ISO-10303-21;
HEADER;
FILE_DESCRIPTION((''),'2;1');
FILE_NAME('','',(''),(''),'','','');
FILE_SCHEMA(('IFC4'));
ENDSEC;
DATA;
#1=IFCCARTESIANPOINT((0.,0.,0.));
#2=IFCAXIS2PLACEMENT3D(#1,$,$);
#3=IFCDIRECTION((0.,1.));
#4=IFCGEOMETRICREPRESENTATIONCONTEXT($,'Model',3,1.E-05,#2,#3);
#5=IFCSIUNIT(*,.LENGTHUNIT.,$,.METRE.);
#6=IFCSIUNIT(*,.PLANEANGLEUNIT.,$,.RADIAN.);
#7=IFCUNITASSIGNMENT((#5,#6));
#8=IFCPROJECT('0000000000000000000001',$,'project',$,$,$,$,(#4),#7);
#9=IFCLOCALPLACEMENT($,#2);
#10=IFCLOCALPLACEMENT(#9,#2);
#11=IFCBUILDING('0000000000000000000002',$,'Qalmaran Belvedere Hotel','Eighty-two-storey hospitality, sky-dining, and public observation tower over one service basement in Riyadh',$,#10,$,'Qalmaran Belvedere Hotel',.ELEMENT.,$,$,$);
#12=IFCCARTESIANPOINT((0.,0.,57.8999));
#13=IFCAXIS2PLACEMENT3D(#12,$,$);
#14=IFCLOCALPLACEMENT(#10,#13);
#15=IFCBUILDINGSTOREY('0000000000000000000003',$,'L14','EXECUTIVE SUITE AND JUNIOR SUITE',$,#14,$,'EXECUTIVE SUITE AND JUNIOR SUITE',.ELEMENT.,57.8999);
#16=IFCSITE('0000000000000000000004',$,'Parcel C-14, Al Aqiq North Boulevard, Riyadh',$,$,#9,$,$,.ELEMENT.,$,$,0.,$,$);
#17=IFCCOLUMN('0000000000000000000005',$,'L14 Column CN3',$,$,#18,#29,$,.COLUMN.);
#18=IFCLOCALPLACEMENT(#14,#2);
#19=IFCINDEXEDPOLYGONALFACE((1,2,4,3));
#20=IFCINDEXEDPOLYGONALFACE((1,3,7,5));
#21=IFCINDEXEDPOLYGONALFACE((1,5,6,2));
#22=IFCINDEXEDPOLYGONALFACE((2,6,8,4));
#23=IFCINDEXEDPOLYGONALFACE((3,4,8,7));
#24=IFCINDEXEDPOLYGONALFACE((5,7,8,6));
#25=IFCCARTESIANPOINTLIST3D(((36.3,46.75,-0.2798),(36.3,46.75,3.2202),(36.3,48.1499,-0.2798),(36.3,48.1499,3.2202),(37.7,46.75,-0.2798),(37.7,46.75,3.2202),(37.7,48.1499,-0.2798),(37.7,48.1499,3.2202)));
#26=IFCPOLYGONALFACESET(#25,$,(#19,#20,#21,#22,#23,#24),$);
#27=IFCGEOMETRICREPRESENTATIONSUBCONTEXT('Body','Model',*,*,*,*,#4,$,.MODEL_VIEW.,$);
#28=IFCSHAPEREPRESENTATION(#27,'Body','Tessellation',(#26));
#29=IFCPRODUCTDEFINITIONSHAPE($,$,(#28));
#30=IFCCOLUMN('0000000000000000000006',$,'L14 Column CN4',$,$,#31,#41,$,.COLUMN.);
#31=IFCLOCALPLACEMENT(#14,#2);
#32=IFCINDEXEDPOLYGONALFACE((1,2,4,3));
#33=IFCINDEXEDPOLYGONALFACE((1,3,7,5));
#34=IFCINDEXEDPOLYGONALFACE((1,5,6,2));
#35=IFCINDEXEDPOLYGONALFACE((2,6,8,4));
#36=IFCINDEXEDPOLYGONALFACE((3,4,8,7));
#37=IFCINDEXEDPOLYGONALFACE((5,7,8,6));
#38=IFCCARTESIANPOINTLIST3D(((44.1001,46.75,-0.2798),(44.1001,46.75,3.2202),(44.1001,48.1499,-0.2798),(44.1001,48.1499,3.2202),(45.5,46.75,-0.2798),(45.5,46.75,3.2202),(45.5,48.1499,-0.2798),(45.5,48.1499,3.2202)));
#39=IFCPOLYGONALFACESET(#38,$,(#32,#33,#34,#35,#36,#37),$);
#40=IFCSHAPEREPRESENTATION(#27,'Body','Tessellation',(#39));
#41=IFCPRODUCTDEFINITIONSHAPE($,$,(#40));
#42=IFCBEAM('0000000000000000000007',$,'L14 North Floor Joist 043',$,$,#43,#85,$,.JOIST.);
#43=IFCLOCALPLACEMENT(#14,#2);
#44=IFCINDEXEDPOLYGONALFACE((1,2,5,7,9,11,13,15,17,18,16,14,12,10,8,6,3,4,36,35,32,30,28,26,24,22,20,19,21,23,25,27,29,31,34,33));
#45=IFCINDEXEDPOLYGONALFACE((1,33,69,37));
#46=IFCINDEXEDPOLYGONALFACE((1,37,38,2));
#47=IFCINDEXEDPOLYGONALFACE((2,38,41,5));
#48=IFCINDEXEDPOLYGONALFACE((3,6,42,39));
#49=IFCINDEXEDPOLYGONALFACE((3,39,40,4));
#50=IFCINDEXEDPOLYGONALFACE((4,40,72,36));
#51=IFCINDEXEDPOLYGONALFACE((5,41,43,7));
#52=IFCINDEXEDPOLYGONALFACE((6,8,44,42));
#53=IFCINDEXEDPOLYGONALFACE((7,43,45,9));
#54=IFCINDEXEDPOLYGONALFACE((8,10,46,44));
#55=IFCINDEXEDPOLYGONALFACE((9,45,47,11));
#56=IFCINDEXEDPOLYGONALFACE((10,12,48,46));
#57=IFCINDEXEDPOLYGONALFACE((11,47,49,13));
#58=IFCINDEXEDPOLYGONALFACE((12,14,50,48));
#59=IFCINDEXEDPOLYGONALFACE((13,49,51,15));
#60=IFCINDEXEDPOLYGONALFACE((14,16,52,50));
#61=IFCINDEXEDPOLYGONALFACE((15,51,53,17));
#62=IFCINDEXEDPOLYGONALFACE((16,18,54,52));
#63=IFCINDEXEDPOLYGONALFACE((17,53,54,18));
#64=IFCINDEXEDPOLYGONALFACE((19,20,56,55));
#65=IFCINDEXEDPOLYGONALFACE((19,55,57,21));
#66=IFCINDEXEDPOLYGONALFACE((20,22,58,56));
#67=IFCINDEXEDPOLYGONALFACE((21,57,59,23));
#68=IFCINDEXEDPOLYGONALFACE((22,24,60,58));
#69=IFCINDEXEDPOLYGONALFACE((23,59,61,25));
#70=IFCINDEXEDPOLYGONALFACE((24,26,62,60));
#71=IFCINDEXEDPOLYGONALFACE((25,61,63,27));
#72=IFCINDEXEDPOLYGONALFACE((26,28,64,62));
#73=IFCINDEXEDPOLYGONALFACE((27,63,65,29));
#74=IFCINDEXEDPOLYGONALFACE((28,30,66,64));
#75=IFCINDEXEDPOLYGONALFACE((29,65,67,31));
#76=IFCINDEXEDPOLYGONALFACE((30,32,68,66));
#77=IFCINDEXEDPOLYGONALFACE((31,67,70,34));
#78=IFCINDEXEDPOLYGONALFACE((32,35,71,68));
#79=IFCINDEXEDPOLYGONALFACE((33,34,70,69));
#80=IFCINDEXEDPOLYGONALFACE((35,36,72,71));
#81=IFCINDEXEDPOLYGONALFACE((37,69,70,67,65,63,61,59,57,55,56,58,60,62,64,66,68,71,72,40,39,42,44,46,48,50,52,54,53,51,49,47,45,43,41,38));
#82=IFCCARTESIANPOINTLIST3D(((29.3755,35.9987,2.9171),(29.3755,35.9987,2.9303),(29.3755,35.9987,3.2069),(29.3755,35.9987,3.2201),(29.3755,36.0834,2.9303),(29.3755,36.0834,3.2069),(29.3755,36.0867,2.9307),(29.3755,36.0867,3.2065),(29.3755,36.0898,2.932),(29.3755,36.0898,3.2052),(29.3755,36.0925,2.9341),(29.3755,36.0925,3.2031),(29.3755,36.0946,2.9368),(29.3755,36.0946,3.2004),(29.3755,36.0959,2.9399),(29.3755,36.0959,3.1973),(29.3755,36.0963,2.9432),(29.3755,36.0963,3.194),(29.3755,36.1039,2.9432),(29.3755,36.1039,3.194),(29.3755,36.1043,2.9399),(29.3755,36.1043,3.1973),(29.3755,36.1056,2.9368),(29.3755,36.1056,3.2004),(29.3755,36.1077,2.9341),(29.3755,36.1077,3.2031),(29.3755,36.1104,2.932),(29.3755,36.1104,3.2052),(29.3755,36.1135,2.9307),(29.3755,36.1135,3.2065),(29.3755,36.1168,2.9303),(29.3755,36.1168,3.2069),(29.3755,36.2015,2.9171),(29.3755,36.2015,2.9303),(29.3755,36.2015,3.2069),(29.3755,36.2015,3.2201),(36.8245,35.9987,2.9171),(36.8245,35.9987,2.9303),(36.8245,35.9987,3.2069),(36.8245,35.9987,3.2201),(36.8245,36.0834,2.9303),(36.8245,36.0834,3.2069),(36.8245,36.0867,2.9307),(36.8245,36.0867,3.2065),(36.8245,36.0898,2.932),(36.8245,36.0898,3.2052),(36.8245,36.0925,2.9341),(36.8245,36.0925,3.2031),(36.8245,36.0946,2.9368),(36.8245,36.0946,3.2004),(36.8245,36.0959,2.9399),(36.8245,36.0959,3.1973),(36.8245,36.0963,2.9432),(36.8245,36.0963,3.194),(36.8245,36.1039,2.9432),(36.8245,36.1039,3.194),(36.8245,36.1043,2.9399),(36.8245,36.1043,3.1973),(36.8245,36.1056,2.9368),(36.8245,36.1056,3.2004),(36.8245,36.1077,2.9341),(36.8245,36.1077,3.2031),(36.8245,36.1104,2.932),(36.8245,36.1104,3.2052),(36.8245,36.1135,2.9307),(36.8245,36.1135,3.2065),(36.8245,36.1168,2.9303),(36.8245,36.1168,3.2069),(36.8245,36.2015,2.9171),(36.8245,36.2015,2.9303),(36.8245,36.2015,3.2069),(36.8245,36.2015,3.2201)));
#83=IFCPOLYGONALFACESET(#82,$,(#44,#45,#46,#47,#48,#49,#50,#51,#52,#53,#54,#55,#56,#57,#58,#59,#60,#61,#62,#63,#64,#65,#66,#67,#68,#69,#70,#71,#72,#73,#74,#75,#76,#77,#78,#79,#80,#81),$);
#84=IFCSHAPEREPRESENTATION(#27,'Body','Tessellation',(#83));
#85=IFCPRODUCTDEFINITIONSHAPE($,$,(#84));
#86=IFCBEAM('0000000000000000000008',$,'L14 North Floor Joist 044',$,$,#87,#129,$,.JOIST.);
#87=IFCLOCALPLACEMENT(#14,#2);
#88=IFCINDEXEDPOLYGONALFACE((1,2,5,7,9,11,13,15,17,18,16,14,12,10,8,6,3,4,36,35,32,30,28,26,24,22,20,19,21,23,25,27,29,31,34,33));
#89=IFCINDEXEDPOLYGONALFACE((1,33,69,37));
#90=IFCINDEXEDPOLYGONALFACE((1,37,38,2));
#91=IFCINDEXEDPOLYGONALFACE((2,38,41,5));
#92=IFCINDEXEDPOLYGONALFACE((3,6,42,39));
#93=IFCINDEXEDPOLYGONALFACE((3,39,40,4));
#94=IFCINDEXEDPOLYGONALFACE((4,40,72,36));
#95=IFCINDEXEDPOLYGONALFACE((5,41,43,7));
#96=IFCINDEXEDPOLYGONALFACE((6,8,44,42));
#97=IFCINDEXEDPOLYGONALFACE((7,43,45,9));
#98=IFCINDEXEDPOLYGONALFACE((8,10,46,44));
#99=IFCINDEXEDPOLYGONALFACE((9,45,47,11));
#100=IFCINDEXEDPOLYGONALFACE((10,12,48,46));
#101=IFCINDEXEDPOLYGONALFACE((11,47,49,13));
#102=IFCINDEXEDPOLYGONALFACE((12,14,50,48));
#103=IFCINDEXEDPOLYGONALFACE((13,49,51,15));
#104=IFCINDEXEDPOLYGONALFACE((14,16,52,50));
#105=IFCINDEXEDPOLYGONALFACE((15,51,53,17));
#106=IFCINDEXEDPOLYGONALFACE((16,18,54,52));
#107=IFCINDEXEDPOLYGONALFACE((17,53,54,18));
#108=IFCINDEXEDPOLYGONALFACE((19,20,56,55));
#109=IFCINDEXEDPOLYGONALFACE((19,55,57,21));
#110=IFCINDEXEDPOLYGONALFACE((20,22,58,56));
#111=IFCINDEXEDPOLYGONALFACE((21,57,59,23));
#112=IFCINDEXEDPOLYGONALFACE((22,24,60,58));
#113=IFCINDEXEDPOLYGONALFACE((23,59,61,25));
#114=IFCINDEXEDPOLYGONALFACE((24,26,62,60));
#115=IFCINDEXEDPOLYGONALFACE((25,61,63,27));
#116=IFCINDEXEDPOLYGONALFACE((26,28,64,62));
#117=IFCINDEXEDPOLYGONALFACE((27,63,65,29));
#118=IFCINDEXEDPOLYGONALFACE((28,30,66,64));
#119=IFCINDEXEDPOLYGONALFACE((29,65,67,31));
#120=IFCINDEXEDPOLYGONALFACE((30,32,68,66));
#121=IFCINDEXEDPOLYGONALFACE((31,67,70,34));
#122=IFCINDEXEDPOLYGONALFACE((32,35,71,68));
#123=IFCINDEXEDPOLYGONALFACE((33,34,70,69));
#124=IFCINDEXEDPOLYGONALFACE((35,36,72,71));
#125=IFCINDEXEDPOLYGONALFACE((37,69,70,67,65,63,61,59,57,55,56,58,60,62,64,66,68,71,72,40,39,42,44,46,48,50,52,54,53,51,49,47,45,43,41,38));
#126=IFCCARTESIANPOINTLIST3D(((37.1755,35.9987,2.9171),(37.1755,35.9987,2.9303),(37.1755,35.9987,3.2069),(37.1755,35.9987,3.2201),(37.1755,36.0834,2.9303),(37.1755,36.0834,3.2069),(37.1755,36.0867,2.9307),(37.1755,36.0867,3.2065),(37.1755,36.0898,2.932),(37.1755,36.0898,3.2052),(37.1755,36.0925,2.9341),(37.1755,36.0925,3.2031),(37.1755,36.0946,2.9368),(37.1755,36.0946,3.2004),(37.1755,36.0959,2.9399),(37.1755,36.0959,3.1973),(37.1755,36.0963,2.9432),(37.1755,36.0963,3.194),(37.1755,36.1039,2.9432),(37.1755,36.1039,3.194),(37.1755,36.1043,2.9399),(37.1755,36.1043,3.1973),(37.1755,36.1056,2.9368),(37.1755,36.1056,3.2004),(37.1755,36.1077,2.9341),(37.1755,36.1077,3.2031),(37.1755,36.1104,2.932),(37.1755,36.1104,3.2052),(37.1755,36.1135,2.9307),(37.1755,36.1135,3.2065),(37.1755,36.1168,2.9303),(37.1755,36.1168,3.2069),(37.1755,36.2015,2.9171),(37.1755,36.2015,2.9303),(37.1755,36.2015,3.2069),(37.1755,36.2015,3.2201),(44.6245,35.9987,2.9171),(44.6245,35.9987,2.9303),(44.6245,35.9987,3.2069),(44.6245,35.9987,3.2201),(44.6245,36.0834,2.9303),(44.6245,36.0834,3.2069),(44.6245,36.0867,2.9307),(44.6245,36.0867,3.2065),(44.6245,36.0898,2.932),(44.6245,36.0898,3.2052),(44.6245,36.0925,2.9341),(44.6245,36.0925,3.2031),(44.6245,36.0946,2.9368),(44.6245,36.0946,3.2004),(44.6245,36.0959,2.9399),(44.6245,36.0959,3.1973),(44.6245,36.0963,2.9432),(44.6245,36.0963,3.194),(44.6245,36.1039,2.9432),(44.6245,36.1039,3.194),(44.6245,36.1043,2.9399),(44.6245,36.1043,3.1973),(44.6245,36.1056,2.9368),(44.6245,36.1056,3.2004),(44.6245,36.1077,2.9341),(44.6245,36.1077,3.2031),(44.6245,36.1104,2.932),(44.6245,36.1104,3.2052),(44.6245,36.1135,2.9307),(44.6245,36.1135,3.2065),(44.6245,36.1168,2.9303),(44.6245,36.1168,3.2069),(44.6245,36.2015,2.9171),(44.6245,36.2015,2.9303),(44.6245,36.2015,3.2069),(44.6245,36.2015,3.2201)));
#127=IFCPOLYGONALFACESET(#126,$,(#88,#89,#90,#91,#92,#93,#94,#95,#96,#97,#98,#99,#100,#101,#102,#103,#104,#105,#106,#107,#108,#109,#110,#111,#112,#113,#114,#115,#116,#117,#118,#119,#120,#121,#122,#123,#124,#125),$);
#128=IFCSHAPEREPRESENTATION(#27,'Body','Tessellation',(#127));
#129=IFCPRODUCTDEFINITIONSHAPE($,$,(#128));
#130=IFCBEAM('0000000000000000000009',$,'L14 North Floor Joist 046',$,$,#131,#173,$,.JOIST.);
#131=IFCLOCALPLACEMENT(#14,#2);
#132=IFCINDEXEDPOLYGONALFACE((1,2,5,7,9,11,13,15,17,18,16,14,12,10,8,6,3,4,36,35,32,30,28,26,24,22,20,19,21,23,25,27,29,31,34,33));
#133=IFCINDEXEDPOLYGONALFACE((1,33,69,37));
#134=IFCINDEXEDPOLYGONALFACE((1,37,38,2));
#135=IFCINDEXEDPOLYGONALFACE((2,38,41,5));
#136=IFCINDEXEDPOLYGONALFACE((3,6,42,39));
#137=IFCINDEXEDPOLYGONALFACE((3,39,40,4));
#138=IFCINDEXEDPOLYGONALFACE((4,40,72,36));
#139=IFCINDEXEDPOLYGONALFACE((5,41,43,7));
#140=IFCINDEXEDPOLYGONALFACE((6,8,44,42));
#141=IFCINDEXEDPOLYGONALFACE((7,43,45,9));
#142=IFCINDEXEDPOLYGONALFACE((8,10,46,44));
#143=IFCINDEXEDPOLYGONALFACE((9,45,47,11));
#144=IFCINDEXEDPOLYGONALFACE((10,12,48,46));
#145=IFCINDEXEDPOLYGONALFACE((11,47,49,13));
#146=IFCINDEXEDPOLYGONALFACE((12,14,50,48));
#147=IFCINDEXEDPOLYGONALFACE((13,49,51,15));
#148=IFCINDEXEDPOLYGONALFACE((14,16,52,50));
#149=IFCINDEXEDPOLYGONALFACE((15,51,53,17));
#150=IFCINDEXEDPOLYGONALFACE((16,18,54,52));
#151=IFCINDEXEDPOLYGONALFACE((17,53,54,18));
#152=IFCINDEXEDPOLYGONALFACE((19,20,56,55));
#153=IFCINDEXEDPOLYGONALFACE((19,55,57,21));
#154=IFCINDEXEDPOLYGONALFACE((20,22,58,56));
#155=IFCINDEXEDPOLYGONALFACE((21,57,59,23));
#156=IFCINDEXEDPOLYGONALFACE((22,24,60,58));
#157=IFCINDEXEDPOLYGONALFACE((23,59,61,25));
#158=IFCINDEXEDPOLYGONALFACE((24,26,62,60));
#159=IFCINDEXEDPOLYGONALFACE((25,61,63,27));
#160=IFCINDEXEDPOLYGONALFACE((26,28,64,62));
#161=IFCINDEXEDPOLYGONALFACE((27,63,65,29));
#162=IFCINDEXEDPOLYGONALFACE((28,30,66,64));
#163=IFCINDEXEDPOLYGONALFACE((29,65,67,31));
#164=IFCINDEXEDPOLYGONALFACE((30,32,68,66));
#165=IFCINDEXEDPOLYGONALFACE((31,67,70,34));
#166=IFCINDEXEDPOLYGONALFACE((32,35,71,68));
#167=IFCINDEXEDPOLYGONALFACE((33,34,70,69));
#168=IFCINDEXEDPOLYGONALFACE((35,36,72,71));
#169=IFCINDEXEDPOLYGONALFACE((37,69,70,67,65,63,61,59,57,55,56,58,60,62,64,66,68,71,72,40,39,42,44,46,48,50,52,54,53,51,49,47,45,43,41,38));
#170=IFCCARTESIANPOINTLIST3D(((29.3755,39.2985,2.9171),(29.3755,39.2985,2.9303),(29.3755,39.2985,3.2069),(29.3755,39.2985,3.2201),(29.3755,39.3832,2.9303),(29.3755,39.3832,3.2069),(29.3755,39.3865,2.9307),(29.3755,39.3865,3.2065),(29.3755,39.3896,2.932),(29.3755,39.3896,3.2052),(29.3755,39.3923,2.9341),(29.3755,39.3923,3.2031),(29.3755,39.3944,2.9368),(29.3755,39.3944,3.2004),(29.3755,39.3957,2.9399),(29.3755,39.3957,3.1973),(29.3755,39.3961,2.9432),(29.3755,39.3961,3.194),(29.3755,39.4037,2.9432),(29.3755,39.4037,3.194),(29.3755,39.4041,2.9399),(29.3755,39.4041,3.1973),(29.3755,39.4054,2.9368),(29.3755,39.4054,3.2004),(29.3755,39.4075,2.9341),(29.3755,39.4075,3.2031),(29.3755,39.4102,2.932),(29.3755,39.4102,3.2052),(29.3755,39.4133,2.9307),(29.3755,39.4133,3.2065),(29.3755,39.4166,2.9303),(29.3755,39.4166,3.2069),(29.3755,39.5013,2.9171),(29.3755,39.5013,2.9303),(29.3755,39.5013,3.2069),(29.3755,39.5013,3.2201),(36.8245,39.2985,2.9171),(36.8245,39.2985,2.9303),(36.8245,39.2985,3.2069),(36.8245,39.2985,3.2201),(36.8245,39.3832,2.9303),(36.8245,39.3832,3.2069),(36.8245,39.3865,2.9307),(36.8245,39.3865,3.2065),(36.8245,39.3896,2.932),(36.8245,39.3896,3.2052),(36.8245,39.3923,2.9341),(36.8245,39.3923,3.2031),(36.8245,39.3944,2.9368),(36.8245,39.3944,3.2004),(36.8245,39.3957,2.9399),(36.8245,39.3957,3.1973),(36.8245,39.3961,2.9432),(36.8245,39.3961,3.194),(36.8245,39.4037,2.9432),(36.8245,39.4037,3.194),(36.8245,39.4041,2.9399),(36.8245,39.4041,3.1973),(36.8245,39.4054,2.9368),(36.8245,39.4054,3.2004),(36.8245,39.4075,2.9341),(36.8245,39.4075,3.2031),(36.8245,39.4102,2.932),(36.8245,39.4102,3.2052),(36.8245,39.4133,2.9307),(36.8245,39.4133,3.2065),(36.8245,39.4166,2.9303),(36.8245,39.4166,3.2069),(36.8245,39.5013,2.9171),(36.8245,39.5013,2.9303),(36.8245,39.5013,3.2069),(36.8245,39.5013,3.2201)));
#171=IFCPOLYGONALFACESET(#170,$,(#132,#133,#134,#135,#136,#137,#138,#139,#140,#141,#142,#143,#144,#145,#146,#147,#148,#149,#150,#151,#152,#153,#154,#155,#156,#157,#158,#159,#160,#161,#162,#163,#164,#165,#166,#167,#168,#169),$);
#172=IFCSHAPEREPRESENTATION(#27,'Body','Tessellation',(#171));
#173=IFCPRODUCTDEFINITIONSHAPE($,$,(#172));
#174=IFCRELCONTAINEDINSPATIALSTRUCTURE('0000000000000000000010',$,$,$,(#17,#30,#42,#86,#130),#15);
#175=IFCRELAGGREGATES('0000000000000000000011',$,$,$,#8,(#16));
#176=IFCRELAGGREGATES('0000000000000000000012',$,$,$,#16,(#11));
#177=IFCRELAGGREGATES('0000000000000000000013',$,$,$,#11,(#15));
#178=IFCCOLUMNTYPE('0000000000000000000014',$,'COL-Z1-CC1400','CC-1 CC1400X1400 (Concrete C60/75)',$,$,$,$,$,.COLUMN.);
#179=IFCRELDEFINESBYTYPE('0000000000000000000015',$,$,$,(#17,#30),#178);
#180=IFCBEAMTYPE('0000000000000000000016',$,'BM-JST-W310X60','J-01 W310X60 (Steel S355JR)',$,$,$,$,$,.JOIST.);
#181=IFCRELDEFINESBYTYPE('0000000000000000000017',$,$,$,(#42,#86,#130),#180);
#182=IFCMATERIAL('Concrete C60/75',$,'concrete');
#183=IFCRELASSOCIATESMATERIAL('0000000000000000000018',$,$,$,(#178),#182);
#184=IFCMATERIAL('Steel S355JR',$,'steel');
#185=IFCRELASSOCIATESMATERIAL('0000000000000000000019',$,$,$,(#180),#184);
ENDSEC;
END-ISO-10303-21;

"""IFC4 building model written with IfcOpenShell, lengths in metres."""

from ifc_helpers import new_model, si_unit, direction, frame, origin, origin_2d, place, context, subcontext, project, spatial, rectangle, i_section, extrude, material, material_profile, profile_set, type_object, element, save


model = new_model("IFC4")

# Units and contexts
model_context = context("Model", 3, precision=1e-05, world=origin(), true_north=direction((0.0, 1.0)))
body_context = subcontext(model_context, "Body", "Model", "MODEL_VIEW")
ifc_project = project(units=[si_unit("LENGTHUNIT", "METRE"), si_unit("PLANEANGLEUNIT", "RADIAN")], contexts=[model_context])

# Site, building, storey
site_placement = place(None, origin())
site = spatial("IfcSite", under=ifc_project, at=site_placement, Name="Parcel C-14, Al Aqiq North Boulevard, Riyadh", CompositionType="ELEMENT", RefElevation=0.0)
building_placement = place(site_placement, origin())
building = spatial("IfcBuilding", under=site, at=building_placement, Name="Qalmaran Belvedere Hotel", Description="Eighty-two-storey hospitality, sky-dining, and public observation tower over one service basement in Riyadh", LongName="Qalmaran Belvedere Hotel", CompositionType="ELEMENT")
storey_placement = place(building_placement, frame((0.0, 0.0, 57.8999)))
storey = spatial("IfcBuildingStorey", under=building, at=storey_placement, Name="L14", Description="EXECUTIVE SUITE AND JUNIOR SUITE", LongName="EXECUTIVE SUITE AND JUNIOR SUITE", CompositionType="ELEMENT", Elevation=57.8999)

# Columns
ifc_material_1 = material(Name="Concrete C60/75", Category="concrete")
ifc_material_profile_1 = material_profile(ifc_material_1, rectangle(XDim=1.3999, YDim=1.3999, at=origin_2d()), Name="CC1400X1400")
ifc_profile_set_1 = profile_set([ifc_material_profile_1], Name="Concrete C60/75")
column_type = type_object("IfcColumnType", Name="COL-Z1-CC1400", Description="CC-1 CC1400X1400 (Concrete C60/75)", PredefinedType="COLUMN", material=ifc_profile_set_1)
for number, where, z_axis, x_axis, name in (
    (1, (37.0, 47.45, -0.2798), (0.0, 0.0, 1.0), (1.0, 0.0, 0.0), "L14 Column CN3"),
    (2, (44.8, 47.45, -0.2798), (0.0, 0.0, 1.0), (1.0, 0.0, 0.0), "L14 Column CN4"),
):
    element("IfcColumn", number, at=place(storey_placement, frame(where, z_axis=z_axis, x_axis=x_axis)), inside=storey, type_object=column_type, Name=name, PredefinedType="COLUMN", context=body_context, shape_type="SweptSolid", body=[
        extrude(rectangle(XDim=1.3999, YDim=1.3999, at=origin_2d()), origin(), (0.0, 0.0, 1.0), 3.5),
    ])

# Beams
ifc_material_2 = material(Name="Steel S355JR", Category="steel")
ifc_material_profile_2 = material_profile(ifc_material_2, i_section(OverallWidth=0.2029, OverallDepth=0.303, WebThickness=0.0076, FlangeThickness=0.0132, FilletRadius=0.0129, at=origin_2d()), Name="W310X60")
ifc_profile_set_2 = profile_set([ifc_material_profile_2], Name="Steel S355JR")
beam_type_1 = type_object("IfcBeamType", Name="BM-JST-W310X60", Description="J-01 W310X60 (Steel S355JR)", PredefinedType="JOIST", material=ifc_profile_set_2)
for number, where, z_axis, x_axis, name in (
    (3, (29.3755, 36.1001, 3.0686), (1.0, 0.0, 0.0), (0.0, 1.0, 0.0), "L14 North Floor Joist 043"),
    (4, (37.1755, 36.1001, 3.0686), (1.0, 0.0, 0.0), (0.0, 1.0, 0.0), "L14 North Floor Joist 044"),
    (5, (29.3755, 39.3999, 3.0686), (1.0, 0.0, 0.0), (0.0, 1.0, 0.0), "L14 North Floor Joist 046"),
):
    element("IfcBeam", number, at=place(storey_placement, frame(where, z_axis=z_axis, x_axis=x_axis)), inside=storey, type_object=beam_type_1, Name=name, PredefinedType="JOIST", context=body_context, shape_type="SweptSolid", body=[
        extrude(i_section(OverallWidth=0.2029, OverallDepth=0.303, WebThickness=0.0076, FlangeThickness=0.0132, FilletRadius=0.0129, at=origin_2d()), origin(), (0.0, 0.0, 1.0), 7.449),
    ])

save(model, "model.ifc")
